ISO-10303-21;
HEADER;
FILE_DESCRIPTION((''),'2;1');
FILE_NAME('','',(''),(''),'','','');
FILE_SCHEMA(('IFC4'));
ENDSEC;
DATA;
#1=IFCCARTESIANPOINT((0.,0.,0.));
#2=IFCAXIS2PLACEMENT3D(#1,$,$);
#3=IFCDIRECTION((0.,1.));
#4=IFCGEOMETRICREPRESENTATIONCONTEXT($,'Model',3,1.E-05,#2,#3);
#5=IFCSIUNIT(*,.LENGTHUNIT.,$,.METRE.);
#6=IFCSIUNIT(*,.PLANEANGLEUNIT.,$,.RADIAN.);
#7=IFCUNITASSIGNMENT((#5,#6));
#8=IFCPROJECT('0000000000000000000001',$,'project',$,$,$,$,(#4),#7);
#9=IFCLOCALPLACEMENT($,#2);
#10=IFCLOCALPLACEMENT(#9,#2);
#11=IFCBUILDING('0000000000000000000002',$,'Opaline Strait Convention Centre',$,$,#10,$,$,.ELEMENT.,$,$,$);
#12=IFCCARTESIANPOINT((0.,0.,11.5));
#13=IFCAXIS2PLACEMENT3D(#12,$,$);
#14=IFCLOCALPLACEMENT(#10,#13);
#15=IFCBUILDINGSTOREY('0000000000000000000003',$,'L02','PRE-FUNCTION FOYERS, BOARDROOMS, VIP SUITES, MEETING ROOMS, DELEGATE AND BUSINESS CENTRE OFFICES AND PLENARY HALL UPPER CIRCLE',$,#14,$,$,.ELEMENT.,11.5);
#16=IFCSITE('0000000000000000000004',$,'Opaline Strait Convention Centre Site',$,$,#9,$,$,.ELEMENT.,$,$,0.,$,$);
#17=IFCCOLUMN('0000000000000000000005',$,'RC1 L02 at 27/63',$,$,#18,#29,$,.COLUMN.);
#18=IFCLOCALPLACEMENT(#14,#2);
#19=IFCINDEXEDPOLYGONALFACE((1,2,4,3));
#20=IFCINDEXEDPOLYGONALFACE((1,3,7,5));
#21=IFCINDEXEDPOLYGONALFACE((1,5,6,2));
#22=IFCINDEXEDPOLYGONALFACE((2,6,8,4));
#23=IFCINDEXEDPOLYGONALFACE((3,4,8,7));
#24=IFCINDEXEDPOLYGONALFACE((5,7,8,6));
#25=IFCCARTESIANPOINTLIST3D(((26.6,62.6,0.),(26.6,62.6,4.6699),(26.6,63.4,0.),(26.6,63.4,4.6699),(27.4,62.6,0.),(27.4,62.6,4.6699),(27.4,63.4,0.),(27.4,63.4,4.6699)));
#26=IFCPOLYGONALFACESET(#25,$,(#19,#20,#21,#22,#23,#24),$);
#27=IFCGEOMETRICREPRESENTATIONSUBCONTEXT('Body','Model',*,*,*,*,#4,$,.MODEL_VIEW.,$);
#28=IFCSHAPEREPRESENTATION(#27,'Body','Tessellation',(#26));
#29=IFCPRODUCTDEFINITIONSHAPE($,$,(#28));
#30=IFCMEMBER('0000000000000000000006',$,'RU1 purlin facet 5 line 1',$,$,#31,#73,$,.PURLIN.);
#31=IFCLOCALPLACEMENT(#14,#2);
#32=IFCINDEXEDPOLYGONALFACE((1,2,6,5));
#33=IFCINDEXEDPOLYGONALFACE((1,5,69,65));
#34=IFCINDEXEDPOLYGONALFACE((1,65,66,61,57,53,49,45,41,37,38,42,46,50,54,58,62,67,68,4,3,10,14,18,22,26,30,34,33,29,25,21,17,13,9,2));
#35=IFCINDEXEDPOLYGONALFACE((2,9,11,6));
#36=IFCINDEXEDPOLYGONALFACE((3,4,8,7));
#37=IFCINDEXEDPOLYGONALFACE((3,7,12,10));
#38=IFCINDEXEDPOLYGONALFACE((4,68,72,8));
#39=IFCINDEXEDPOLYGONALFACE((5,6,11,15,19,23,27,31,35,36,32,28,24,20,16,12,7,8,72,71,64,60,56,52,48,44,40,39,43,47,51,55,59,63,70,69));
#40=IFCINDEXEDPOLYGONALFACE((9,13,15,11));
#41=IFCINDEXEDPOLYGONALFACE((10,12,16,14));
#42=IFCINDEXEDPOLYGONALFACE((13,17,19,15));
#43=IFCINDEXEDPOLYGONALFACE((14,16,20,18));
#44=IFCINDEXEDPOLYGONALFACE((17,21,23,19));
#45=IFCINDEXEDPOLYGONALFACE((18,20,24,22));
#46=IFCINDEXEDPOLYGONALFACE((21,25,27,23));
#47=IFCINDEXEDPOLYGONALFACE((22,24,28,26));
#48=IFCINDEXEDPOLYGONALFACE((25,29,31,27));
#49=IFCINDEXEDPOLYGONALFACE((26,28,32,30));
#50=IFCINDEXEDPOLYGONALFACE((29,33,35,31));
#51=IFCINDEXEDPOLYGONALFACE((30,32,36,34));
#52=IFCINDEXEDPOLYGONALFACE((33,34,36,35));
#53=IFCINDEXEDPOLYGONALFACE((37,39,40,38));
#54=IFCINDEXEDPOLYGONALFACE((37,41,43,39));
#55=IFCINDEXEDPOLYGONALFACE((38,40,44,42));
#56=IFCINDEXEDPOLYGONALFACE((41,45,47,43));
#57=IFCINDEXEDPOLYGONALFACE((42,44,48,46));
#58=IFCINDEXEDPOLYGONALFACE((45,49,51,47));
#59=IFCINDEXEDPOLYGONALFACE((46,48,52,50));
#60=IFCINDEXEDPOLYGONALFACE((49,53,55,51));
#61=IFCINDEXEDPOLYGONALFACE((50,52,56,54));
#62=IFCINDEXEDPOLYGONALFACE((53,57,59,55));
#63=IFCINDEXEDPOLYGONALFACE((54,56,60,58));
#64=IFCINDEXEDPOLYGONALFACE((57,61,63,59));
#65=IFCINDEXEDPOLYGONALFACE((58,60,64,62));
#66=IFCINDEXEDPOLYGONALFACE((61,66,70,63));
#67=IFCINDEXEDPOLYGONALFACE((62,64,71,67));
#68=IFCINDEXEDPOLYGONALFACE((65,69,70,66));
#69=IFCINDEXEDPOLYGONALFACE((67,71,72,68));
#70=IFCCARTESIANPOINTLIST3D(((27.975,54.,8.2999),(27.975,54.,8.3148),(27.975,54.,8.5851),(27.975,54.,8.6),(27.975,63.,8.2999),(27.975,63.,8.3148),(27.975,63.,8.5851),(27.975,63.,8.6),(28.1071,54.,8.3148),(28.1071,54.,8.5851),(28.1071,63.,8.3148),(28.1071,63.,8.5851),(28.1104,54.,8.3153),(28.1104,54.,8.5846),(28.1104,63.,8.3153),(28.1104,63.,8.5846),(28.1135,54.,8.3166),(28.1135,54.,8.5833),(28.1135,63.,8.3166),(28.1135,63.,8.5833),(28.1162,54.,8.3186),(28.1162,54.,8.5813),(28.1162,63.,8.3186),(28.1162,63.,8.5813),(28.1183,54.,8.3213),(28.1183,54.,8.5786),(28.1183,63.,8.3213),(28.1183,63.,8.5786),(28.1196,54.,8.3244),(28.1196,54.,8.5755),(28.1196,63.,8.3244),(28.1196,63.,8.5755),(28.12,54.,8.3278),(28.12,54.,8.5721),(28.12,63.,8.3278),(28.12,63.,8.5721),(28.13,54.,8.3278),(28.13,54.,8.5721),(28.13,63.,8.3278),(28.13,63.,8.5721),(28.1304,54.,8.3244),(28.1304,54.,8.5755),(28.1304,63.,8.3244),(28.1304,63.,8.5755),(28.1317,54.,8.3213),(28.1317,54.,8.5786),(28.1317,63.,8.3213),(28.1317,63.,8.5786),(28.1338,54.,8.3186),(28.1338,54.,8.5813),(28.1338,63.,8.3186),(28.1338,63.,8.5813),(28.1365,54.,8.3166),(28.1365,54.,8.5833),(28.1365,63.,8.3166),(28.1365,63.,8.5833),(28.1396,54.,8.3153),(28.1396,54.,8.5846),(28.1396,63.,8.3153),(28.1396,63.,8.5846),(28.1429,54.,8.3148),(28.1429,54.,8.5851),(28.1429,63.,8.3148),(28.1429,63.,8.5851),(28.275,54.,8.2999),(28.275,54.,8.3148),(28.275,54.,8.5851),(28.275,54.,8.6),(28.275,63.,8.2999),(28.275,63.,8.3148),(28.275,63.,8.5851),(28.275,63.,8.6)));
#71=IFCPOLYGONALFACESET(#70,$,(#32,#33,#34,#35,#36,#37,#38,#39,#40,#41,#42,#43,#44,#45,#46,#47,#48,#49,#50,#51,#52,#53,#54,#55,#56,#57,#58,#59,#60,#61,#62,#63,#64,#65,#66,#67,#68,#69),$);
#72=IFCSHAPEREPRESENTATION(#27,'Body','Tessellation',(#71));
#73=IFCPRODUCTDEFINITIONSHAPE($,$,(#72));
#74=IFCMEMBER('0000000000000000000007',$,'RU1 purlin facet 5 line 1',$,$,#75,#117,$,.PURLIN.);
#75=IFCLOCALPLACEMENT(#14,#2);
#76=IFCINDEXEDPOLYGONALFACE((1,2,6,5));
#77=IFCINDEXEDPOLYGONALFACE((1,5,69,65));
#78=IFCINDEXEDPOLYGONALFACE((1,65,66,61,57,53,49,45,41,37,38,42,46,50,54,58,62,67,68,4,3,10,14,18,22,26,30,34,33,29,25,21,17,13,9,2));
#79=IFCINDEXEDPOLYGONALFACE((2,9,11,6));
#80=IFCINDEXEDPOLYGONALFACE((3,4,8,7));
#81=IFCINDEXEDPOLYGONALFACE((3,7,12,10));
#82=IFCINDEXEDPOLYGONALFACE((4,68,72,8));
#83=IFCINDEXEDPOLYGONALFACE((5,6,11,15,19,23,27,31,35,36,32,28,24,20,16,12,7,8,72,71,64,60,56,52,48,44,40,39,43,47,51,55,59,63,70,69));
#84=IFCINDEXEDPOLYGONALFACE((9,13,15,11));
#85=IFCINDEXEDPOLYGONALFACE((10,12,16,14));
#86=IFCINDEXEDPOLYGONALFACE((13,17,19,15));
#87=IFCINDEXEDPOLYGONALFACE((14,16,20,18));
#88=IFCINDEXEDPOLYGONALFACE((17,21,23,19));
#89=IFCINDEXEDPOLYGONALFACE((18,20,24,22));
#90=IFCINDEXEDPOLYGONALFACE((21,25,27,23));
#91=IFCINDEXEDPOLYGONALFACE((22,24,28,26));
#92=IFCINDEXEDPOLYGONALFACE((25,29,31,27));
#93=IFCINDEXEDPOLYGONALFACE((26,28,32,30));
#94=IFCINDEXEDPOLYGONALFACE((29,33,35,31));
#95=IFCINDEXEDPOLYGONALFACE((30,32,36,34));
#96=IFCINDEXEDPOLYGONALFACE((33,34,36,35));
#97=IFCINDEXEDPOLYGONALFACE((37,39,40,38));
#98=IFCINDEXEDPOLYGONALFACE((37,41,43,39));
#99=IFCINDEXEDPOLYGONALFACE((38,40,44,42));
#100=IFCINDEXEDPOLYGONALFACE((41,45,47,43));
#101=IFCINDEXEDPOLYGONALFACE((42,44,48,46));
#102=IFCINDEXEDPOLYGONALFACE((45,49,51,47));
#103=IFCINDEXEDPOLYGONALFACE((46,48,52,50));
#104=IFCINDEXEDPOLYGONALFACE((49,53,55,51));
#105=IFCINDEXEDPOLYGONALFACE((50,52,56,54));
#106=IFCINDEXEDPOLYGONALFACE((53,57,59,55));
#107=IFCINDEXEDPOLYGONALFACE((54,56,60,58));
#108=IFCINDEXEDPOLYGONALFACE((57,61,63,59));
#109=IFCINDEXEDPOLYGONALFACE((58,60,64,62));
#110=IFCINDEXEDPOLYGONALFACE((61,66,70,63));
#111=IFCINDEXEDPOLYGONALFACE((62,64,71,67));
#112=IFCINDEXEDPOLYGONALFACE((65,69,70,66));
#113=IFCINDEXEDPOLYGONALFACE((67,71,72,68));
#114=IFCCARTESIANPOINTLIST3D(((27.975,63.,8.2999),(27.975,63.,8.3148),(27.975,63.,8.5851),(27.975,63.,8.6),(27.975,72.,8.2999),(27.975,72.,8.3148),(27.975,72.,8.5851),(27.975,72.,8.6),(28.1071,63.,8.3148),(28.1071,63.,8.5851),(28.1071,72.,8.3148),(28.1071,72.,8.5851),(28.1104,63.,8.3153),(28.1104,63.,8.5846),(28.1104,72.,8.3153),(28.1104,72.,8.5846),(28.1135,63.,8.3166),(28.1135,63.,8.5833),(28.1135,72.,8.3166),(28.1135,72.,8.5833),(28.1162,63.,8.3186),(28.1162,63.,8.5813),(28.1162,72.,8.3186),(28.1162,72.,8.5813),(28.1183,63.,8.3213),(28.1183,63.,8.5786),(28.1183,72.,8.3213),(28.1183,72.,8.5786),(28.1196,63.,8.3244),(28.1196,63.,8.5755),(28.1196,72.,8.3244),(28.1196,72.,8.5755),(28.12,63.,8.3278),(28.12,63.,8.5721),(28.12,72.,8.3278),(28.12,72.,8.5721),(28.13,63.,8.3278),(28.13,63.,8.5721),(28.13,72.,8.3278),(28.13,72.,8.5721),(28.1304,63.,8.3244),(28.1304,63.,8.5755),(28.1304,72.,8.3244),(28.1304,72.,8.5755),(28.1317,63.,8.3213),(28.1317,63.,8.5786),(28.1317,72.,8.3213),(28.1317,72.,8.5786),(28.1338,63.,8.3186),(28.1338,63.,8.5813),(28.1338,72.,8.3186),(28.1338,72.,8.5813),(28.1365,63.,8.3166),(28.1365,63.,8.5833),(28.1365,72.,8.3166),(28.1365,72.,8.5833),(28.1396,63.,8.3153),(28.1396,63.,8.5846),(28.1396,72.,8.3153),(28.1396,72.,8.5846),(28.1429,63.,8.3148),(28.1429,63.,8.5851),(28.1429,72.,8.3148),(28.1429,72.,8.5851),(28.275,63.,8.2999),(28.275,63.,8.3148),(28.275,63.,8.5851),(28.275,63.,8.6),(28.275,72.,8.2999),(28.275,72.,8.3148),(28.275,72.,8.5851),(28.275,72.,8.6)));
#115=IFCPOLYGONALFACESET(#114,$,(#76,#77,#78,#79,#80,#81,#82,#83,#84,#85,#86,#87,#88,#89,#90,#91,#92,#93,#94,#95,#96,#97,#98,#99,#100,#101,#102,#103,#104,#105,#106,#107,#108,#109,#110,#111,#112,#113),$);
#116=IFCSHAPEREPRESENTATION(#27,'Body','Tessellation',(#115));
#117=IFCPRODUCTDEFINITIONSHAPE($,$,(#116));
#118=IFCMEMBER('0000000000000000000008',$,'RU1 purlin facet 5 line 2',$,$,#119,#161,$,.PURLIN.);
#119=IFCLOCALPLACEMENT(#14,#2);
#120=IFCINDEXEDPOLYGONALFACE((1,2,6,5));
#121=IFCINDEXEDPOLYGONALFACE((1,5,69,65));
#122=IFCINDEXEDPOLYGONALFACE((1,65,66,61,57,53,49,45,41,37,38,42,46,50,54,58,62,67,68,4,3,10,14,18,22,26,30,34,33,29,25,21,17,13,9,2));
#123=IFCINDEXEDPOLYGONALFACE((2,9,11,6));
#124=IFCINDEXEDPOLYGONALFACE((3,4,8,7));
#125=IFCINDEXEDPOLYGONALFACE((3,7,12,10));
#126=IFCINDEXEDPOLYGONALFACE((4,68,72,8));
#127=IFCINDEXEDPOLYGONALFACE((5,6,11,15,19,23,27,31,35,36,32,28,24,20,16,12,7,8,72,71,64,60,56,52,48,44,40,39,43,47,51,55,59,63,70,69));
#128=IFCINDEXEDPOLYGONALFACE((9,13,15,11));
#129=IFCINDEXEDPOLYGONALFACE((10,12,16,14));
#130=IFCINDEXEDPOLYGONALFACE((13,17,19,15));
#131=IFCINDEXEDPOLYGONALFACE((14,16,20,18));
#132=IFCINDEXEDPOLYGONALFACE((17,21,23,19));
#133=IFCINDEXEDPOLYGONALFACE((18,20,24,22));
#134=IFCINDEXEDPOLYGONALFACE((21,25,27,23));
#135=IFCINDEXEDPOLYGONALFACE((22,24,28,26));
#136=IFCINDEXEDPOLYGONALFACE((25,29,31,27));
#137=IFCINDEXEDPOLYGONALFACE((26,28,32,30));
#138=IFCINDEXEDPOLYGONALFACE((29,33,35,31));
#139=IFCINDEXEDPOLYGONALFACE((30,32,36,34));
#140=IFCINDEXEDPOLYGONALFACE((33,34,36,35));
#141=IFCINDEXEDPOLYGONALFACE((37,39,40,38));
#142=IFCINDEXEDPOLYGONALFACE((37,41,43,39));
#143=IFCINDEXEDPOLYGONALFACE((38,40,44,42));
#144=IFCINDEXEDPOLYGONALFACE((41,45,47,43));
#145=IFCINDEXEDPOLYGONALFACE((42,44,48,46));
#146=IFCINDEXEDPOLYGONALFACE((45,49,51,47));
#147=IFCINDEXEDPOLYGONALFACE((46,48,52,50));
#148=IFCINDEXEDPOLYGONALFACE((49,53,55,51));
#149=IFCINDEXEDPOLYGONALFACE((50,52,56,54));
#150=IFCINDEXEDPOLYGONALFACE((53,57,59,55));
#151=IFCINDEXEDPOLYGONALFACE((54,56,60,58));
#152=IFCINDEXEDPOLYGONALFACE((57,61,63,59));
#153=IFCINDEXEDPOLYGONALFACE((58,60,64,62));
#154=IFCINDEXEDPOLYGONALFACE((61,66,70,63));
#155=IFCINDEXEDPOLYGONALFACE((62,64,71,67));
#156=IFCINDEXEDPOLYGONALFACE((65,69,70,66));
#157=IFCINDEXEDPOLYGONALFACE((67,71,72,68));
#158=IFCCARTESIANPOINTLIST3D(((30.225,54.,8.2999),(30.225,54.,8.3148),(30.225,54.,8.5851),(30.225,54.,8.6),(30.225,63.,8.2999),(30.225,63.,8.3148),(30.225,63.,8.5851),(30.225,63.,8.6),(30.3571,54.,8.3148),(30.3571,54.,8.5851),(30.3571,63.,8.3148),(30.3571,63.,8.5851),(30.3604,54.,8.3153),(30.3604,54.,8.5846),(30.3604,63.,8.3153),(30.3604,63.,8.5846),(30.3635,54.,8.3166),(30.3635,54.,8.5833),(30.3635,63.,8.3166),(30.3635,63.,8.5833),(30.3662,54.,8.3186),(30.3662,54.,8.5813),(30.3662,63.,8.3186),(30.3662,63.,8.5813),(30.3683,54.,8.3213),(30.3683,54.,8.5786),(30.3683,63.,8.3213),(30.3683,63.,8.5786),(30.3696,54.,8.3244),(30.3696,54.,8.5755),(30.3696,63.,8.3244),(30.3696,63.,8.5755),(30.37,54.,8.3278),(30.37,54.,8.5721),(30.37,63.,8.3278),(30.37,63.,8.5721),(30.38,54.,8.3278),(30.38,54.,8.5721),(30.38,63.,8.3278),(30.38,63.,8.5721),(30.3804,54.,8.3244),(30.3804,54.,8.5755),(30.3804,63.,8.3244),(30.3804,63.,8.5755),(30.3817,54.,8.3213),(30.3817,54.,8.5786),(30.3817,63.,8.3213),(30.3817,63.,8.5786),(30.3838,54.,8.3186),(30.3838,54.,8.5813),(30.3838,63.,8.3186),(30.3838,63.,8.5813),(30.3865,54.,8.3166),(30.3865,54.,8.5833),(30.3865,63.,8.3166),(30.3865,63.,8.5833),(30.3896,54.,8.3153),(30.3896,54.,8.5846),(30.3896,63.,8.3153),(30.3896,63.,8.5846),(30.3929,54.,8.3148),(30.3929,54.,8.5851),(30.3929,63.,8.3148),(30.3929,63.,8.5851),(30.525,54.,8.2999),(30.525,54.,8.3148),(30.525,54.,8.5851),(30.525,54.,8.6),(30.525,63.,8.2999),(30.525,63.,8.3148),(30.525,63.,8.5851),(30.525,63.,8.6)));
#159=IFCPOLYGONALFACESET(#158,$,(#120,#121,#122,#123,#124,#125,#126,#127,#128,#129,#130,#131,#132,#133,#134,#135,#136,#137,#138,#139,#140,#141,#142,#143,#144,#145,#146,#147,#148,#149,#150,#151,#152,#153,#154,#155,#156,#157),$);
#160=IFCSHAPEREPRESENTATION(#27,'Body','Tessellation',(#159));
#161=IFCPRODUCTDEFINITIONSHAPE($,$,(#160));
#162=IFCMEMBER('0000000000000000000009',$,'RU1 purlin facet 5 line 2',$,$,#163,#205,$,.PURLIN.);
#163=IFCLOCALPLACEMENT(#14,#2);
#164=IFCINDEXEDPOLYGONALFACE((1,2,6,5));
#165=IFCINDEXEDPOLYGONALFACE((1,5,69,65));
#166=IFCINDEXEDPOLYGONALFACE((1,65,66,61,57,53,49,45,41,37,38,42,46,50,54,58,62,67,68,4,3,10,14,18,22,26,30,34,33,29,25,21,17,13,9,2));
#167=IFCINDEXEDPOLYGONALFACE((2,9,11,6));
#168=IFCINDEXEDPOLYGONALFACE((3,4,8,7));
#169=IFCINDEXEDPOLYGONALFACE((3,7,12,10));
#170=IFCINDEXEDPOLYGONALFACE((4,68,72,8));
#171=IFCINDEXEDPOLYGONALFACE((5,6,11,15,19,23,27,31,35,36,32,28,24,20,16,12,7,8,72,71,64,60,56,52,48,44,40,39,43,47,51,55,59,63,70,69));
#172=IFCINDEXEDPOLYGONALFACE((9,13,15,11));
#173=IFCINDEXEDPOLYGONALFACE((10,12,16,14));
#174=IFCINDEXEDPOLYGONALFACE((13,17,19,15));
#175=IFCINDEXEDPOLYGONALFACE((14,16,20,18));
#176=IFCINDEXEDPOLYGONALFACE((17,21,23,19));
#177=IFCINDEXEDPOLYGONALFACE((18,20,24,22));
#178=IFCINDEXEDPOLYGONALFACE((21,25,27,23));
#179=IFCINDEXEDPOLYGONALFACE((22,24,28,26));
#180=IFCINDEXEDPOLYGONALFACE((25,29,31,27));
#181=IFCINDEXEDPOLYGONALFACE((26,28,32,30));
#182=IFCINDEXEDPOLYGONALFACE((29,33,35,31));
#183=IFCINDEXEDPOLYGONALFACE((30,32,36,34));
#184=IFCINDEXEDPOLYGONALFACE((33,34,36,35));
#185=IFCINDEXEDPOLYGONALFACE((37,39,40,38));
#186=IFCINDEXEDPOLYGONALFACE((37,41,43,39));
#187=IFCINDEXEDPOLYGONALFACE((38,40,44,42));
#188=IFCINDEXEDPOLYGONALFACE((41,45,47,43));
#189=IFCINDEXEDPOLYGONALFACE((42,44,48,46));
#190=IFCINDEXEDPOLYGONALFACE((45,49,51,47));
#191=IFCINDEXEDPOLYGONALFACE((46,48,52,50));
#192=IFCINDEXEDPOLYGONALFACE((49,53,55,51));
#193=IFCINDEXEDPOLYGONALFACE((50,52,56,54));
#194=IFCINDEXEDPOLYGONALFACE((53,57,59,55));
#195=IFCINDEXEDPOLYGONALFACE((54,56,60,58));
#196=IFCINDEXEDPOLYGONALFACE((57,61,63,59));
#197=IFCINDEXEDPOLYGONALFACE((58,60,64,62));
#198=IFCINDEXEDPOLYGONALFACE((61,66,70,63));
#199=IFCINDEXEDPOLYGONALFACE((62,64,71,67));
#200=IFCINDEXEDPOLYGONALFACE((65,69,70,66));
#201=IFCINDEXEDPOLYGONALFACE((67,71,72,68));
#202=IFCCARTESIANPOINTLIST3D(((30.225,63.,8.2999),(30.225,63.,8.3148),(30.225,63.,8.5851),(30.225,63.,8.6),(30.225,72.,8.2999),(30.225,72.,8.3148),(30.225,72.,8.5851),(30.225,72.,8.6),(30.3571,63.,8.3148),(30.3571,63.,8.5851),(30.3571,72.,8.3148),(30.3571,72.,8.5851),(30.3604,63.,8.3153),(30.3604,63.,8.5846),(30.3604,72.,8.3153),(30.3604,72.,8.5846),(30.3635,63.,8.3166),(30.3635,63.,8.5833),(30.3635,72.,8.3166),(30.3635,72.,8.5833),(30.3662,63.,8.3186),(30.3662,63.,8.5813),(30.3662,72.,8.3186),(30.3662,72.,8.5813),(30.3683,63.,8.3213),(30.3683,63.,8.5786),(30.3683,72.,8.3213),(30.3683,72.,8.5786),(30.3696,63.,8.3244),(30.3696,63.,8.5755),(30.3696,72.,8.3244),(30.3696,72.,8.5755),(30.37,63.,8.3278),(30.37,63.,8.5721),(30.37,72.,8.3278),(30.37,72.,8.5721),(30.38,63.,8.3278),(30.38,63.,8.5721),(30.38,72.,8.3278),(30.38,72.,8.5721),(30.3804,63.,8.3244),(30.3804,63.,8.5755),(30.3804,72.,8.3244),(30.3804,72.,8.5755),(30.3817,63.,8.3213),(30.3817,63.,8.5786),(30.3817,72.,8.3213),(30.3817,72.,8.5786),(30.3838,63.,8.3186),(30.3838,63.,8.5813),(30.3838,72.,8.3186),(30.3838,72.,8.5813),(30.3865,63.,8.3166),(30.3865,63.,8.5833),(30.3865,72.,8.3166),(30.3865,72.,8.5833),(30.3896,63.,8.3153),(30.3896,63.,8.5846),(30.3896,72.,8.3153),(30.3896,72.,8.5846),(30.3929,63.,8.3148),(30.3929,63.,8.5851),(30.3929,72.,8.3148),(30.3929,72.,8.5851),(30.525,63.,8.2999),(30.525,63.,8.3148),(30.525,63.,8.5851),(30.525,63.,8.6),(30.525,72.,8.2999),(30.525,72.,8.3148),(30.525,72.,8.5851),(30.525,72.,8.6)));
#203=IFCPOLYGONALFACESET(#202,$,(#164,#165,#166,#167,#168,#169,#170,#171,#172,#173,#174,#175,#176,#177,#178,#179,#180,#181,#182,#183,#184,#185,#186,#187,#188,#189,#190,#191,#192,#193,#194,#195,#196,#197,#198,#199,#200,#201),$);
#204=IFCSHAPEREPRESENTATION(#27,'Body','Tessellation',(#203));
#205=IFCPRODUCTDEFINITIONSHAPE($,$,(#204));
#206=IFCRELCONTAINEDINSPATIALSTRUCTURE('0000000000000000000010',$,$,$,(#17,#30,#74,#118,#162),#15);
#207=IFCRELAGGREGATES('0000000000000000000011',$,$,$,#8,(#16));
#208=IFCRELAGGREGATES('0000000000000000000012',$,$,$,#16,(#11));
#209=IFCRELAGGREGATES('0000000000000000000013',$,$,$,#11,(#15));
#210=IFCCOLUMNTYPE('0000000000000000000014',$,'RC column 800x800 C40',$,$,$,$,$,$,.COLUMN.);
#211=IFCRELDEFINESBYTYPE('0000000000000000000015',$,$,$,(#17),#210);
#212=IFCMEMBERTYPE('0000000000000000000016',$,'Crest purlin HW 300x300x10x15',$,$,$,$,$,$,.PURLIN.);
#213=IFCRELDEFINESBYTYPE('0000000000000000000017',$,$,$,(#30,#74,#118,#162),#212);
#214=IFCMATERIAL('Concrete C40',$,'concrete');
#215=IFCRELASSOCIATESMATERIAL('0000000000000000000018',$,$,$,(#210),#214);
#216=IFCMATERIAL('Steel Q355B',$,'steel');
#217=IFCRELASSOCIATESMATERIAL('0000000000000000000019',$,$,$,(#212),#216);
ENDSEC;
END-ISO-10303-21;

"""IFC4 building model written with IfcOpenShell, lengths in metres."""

from ifc_helpers import new_model, si_unit, direction, frame, origin, origin_2d, place, context, subcontext, project, spatial, rectangle, i_section, extrude, material, material_profile, profile_set, type_object, element, save


model = new_model("IFC4")

# Units and contexts
model_context = context("Model", 3, precision=1e-05, world=origin(), true_north=direction((0.0, 1.0)))
body_context = subcontext(model_context, "Body", "Model", "MODEL_VIEW")
ifc_project = project(units=[si_unit("LENGTHUNIT", "METRE"), si_unit("PLANEANGLEUNIT", "RADIAN")], contexts=[model_context])

# Site, building, storey
site_placement = place(None, origin())
site = spatial("IfcSite", under=ifc_project, at=site_placement, Name="Opaline Strait Convention Centre Site", CompositionType="ELEMENT", RefElevation=0.0)
building_placement = place(site_placement, origin())
building = spatial("IfcBuilding", under=site, at=building_placement, Name="Opaline Strait Convention Centre", CompositionType="ELEMENT")
storey_placement = place(building_placement, frame((0.0, 0.0, 11.5)))
storey = spatial("IfcBuildingStorey", under=building, at=storey_placement, Name="L02", Description="PRE-FUNCTION FOYERS, BOARDROOMS, VIP SUITES, MEETING ROOMS, DELEGATE AND BUSINESS CENTRE OFFICES AND PLENARY HALL UPPER CIRCLE", CompositionType="ELEMENT", Elevation=11.5)

# Column
ifc_material_1 = material(Name="Concrete C40", Category="concrete")
ifc_material_profile_1 = material_profile(ifc_material_1, rectangle(XDim=0.8, YDim=0.8, at=origin_2d()), Name="RC 800x800")
ifc_profile_set_1 = profile_set([ifc_material_profile_1], Name="Concrete C40")
column_type = type_object("IfcColumnType", Name="RC column 800x800 C40", PredefinedType="COLUMN", material=ifc_profile_set_1)
column_placement = place(storey_placement, frame((27.0, 63.0, 0.0), z_axis=(0.0, 0.0, 1.0), x_axis=(1.0, 0.0, 0.0)))
element("IfcColumn", 1, at=column_placement, inside=storey, type_object=column_type, Name="RC1 L02 at 27/63", PredefinedType="COLUMN", context=body_context, shape_type="SweptSolid", body=[
    extrude(rectangle(XDim=0.8, YDim=0.8, at=origin_2d()), origin(), (0.0, 0.0, 1.0), 4.6699),
])

# Members
ifc_material_2 = material(Name="Steel Q355B", Category="steel")
ifc_material_profile_2 = material_profile(ifc_material_2, i_section(OverallWidth=0.3, OverallDepth=0.3, WebThickness=0.01, FlangeThickness=0.0149, FilletRadius=0.0129, at=origin_2d()), Name="HW 300x300x10x15")
ifc_profile_set_2 = profile_set([ifc_material_profile_2], Name="Steel Q355B")
member_type_1 = type_object("IfcMemberType", Name="Crest purlin HW 300x300x10x15", PredefinedType="PURLIN", material=ifc_profile_set_2)
for number, where, z_axis, x_axis, name in (
    (2, (28.125, 54.0, 8.45), (0.0, 1.0, 0.0), (-1.0, 0.0, 0.0), "RU1 purlin facet 5 line 1"),
    (3, (28.125, 63.0, 8.45), (0.0, 1.0, 0.0), (-1.0, 0.0, 0.0), "RU1 purlin facet 5 line 1"),
    (4, (30.375, 54.0, 8.45), (0.0, 1.0, 0.0), (-1.0, 0.0, 0.0), "RU1 purlin facet 5 line 2"),
    (5, (30.375, 63.0, 8.45), (0.0, 1.0, 0.0), (-1.0, 0.0, 0.0), "RU1 purlin facet 5 line 2"),
):
    element("IfcMember", number, at=place(storey_placement, frame(where, z_axis=z_axis, x_axis=x_axis)), inside=storey, type_object=member_type_1, Name=name, PredefinedType="PURLIN", context=body_context, shape_type="SweptSolid", body=[
        extrude(i_section(OverallWidth=0.3, OverallDepth=0.3, WebThickness=0.01, FlangeThickness=0.0149, FilletRadius=0.0129, at=origin_2d()), origin(), (0.0, 0.0, 1.0), 9.0),
    ])

save(model, "model.ifc")
